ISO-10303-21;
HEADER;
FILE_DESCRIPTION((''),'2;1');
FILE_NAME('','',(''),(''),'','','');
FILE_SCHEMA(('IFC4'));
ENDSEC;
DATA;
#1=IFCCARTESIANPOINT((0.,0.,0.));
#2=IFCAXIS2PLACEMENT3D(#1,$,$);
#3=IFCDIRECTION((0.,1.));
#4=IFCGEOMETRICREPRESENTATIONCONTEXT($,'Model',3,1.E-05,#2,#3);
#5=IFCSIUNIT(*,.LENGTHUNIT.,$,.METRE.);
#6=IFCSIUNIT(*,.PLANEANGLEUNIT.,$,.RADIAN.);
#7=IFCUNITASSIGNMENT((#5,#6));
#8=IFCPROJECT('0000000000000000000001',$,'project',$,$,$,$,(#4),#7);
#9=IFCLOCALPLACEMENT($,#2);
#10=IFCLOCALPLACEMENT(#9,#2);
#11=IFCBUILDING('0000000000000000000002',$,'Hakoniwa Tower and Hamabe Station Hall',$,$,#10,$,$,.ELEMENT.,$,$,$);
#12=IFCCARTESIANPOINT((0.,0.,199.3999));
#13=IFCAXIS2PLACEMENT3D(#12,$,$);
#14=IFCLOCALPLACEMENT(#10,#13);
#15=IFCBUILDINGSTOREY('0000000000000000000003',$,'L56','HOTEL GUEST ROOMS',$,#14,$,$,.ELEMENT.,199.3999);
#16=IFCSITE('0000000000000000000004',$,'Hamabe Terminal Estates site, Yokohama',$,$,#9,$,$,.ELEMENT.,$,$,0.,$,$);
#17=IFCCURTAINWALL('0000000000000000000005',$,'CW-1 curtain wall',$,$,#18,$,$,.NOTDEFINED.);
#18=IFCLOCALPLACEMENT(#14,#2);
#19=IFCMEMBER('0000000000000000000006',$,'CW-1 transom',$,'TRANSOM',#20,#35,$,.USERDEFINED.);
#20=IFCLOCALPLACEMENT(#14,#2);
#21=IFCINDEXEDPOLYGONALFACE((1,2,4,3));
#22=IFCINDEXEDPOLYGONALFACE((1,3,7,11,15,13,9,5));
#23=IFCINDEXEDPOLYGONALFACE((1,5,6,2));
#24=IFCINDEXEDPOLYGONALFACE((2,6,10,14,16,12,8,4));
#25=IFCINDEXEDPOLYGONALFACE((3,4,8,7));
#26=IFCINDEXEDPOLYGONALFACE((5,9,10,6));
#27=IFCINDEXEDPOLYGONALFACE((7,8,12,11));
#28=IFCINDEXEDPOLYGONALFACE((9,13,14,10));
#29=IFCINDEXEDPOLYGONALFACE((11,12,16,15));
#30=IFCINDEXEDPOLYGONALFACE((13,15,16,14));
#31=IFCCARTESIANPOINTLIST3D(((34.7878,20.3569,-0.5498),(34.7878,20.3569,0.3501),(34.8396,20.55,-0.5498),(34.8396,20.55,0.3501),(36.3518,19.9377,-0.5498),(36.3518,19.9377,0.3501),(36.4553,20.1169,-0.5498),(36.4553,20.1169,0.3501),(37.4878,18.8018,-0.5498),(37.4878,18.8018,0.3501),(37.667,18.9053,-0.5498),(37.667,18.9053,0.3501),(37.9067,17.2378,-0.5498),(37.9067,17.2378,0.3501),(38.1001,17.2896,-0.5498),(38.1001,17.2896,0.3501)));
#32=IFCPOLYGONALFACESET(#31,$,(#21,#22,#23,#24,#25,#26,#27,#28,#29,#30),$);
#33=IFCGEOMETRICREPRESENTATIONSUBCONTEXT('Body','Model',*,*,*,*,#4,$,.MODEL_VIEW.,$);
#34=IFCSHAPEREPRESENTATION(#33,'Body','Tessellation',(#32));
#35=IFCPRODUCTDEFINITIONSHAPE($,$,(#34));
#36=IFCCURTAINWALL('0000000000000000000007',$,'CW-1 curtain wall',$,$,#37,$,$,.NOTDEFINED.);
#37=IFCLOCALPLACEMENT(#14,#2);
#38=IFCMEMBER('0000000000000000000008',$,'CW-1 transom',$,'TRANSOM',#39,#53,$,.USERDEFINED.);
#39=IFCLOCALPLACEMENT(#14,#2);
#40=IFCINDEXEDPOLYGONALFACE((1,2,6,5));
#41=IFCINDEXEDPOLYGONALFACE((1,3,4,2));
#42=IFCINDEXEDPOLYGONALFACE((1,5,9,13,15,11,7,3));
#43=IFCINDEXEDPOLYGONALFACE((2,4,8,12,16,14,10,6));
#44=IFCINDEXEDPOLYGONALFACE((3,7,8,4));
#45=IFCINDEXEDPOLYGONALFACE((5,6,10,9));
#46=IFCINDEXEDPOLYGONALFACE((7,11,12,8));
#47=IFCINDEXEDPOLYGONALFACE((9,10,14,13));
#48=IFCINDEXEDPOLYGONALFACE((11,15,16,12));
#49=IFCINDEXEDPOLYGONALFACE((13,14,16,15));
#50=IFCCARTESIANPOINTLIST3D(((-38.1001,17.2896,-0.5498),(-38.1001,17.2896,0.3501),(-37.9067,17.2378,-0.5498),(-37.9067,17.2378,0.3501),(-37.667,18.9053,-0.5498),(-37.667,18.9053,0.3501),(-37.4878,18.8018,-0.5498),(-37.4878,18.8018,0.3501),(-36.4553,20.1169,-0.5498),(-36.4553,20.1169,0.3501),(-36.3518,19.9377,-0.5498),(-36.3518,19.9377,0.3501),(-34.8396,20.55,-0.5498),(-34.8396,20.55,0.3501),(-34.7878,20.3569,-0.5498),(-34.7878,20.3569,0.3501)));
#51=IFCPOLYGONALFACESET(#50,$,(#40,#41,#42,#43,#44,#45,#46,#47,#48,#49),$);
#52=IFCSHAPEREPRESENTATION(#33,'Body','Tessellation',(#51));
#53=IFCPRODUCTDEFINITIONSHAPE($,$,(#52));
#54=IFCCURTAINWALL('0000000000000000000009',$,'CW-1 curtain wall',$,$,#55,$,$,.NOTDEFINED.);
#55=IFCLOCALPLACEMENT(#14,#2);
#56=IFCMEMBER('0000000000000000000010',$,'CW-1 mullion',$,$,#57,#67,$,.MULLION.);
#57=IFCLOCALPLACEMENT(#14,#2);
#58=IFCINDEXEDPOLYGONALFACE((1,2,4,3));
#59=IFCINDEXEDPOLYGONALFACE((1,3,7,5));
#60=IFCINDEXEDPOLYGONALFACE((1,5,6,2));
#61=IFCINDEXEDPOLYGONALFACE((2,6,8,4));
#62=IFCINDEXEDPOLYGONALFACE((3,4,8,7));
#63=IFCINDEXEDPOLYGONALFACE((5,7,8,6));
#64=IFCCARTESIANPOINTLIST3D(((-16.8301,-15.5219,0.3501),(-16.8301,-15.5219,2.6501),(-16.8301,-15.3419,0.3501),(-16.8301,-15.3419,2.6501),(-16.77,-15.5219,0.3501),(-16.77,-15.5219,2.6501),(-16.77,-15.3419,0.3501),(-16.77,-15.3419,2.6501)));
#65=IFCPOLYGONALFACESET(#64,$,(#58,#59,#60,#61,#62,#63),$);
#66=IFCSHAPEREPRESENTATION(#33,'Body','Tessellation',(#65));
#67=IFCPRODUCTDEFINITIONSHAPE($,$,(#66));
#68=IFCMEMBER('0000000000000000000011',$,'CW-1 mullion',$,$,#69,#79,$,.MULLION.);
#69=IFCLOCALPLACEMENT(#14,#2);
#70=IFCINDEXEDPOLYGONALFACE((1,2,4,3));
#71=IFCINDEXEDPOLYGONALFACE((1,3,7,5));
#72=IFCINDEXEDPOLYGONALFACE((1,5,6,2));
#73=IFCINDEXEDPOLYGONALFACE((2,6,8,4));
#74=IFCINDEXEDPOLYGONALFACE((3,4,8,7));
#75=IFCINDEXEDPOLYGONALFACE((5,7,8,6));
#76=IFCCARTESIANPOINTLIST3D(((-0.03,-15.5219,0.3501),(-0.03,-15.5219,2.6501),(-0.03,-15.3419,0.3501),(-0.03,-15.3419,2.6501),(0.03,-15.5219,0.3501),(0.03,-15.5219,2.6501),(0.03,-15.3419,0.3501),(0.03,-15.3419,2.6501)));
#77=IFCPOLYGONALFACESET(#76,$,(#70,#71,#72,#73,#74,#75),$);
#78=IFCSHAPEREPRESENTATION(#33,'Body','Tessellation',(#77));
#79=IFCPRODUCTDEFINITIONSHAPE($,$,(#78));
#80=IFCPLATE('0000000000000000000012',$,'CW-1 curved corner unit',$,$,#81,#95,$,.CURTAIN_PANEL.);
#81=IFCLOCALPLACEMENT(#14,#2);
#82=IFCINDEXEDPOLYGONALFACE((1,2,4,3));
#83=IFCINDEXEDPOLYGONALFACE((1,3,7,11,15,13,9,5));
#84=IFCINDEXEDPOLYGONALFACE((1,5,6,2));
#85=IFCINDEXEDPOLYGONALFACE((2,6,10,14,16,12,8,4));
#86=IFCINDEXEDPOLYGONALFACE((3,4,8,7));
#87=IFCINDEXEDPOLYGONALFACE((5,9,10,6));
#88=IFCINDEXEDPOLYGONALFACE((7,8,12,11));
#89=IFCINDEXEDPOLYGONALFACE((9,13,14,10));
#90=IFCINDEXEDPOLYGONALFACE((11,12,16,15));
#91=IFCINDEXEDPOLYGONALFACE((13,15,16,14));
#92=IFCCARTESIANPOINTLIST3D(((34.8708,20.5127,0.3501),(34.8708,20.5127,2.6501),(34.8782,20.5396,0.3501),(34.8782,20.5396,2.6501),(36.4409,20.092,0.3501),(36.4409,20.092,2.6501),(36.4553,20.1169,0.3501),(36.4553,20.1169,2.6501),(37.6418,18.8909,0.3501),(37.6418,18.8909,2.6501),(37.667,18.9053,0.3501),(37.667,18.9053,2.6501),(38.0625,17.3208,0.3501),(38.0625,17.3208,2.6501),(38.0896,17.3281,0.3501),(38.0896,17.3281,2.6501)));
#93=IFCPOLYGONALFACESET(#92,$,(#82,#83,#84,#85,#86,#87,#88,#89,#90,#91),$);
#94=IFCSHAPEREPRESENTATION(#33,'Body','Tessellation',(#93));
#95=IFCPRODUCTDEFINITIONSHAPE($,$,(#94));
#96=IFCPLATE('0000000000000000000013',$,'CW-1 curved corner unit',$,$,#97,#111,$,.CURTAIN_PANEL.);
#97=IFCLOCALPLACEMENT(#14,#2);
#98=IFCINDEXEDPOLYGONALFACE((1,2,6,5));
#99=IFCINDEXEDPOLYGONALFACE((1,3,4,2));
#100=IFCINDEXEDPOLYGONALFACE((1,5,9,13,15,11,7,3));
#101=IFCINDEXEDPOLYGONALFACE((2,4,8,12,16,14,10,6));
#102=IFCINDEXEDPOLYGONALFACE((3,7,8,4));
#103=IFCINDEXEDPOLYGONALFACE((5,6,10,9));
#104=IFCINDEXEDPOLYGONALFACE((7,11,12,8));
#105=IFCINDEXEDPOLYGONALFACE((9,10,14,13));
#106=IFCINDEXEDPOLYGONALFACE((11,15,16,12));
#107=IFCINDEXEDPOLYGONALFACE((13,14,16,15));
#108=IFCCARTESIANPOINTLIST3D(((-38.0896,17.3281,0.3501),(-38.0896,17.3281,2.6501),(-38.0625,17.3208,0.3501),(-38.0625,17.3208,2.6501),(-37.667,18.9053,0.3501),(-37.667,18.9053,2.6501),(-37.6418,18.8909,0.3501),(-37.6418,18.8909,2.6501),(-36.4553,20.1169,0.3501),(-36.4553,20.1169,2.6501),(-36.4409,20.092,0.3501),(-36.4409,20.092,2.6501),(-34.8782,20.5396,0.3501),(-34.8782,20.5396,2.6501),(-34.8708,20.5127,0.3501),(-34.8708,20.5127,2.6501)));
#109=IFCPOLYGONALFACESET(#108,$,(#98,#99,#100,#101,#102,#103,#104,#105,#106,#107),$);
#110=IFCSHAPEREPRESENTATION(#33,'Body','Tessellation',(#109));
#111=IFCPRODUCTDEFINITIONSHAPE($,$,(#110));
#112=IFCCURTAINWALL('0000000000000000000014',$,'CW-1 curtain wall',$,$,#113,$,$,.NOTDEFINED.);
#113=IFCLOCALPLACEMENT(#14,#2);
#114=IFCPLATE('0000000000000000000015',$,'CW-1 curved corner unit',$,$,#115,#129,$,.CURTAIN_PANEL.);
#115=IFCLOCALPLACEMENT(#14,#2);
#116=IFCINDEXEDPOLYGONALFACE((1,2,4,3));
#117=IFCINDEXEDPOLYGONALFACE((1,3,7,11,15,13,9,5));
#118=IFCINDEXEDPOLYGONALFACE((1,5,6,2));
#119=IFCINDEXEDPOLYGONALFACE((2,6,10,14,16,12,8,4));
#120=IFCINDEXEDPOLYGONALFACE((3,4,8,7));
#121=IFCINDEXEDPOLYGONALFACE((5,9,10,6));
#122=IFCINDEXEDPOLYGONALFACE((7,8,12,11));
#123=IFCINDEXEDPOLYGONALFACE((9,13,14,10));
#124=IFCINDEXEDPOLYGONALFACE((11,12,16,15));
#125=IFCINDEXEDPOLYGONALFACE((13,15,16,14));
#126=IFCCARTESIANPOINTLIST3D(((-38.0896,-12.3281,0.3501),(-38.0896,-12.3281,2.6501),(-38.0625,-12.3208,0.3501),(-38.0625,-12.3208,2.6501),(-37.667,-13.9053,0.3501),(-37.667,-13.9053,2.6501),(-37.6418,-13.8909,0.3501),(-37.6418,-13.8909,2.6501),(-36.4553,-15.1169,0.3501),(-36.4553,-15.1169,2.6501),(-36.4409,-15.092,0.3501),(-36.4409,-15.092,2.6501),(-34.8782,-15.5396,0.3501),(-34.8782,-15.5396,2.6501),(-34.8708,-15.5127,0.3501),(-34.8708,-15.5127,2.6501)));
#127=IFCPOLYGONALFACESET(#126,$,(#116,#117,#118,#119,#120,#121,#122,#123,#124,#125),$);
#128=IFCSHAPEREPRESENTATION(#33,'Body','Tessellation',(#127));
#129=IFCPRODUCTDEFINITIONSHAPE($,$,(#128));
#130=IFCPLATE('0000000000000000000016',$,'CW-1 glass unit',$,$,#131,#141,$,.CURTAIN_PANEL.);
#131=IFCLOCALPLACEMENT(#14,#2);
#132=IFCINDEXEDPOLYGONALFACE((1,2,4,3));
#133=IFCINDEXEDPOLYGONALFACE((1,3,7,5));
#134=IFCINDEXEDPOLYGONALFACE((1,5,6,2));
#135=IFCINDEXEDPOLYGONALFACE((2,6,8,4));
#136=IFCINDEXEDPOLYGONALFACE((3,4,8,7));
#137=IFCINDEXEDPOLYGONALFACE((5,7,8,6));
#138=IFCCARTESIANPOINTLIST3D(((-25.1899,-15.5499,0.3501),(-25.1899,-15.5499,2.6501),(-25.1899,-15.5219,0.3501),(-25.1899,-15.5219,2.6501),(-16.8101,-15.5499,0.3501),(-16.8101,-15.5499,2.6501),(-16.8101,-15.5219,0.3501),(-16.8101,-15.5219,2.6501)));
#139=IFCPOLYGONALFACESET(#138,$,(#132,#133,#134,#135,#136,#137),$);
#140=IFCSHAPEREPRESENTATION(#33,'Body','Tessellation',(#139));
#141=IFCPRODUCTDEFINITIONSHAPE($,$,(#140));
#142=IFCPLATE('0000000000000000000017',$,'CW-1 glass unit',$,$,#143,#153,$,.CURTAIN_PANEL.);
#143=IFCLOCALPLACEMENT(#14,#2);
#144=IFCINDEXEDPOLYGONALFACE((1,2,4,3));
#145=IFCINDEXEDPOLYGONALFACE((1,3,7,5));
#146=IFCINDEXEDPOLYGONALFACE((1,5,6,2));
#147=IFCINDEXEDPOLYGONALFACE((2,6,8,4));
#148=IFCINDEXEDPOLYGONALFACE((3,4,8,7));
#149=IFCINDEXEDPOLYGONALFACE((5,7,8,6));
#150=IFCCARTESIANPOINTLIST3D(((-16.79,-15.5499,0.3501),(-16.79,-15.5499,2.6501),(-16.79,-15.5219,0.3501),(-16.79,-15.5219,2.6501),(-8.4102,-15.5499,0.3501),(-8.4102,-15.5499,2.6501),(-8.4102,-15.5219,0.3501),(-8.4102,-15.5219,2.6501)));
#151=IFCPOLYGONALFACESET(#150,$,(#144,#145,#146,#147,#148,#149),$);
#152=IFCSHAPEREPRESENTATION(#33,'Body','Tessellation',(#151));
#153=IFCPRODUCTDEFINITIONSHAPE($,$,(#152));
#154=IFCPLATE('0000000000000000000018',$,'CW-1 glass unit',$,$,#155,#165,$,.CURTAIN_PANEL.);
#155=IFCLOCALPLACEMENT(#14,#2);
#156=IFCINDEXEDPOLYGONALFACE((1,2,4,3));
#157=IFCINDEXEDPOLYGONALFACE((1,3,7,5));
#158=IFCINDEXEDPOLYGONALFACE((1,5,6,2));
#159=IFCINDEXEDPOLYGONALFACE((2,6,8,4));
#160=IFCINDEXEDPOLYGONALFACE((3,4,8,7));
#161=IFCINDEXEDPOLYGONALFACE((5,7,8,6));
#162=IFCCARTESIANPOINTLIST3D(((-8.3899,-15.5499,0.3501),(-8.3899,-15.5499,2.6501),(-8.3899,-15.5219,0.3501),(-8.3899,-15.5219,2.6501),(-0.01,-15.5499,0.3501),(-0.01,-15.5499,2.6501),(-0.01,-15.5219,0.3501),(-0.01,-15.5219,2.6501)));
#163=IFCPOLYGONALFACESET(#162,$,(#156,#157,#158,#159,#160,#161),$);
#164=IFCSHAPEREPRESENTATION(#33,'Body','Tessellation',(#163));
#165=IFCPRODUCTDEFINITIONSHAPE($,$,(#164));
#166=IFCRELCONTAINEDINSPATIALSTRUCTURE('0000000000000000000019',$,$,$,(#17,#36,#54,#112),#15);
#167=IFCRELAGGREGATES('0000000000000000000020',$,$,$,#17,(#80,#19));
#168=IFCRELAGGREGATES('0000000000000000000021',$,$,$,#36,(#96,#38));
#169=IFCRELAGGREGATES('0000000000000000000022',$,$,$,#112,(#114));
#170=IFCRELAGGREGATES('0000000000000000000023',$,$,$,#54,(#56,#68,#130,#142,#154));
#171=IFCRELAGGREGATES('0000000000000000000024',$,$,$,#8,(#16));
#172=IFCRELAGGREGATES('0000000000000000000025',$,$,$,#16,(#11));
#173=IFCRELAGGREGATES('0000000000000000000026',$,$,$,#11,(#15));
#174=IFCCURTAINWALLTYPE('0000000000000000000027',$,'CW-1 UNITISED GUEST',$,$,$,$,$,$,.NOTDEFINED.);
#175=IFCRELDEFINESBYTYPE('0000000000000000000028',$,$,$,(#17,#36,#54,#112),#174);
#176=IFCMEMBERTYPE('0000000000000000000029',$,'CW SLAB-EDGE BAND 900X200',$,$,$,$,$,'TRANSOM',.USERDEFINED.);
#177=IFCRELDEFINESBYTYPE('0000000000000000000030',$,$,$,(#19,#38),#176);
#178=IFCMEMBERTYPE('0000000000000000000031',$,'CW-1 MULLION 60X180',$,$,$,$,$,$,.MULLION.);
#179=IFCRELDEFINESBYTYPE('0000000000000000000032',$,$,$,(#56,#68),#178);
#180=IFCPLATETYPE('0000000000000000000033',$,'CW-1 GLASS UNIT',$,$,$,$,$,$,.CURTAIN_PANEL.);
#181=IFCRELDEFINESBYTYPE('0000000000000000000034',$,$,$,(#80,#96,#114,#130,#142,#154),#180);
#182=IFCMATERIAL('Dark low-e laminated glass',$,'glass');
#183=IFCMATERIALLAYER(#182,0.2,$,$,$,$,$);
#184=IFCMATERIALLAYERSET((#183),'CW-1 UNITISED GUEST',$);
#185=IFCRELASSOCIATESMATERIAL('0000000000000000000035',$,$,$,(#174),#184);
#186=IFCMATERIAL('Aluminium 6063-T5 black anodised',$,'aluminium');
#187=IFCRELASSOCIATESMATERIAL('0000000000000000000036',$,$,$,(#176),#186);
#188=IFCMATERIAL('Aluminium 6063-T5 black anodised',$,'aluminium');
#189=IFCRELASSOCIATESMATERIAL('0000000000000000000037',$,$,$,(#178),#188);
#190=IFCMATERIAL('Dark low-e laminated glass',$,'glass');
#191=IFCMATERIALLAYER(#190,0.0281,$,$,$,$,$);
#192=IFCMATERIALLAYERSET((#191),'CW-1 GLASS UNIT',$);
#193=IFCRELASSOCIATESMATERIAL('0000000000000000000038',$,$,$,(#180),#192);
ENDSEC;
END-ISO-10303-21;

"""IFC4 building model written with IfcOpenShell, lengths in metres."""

from ifc_helpers import new_model, si_unit, direction, frame, origin, origin_2d, place, context, subcontext, project, spatial, polyline, rectangle, outline, extrude, material, layer, layer_set, material_profile, profile_set, type_object, element, aggregate, save


model = new_model("IFC4")

# Units and contexts
model_context = context("Model", 3, precision=1e-05, world=origin(), true_north=direction((0.0, 1.0)))
body_context = subcontext(model_context, "Body", "Model", "MODEL_VIEW")
ifc_project = project(units=[si_unit("LENGTHUNIT", "METRE"), si_unit("PLANEANGLEUNIT", "RADIAN")], contexts=[model_context])

# Site, building, storey
site_placement = place(None, origin())
site = spatial("IfcSite", under=ifc_project, at=site_placement, Name="Hamabe Terminal Estates site, Yokohama", CompositionType="ELEMENT", RefElevation=0.0)
building_placement = place(site_placement, origin())
building = spatial("IfcBuilding", under=site, at=building_placement, Name="Hakoniwa Tower and Hamabe Station Hall", CompositionType="ELEMENT")
storey_placement = place(building_placement, frame((0.0, 0.0, 199.3999)))
storey = spatial("IfcBuildingStorey", under=building, at=storey_placement, Name="L56", Description="HOTEL GUEST ROOMS", CompositionType="ELEMENT", Elevation=199.3999)

# Curtain walls, members
ifc_material_1 = material(Name="Dark low-e laminated glass", Category="glass")
ifc_layer_1 = layer(ifc_material_1, 0.2)
ifc_layer_set_1 = layer_set([ifc_layer_1], Name="CW-1 UNITISED GUEST")
curtain_wall_type = type_object("IfcCurtainWallType", Name="CW-1 UNITISED GUEST", PredefinedType="NOTDEFINED", material=ifc_layer_set_1)
curtain_wall_1_placement = place(storey_placement, origin())
curtain_wall_1 = element("IfcCurtainWall", 1, at=curtain_wall_1_placement, inside=storey, type_object=curtain_wall_type, Name="CW-1 curtain wall", PredefinedType="NOTDEFINED")
ifc_material_2 = material(Name="Aluminium 6063-T5 black anodised", Category="aluminium")
ifc_material_profile_1 = material_profile(ifc_material_2, rectangle(XDim=0.2, YDim=0.8999, at=origin_2d()), Name="CW SLAB-EDGE BAND 900X200")
ifc_profile_set_1 = profile_set([ifc_material_profile_1], Name="Aluminium 6063-T5 black anodised")
member_type_1 = type_object("IfcMemberType", Name="CW SLAB-EDGE BAND 900X200", ElementType="TRANSOM", PredefinedType="USERDEFINED", material=ifc_profile_set_1)
member_1_placement = place(storey_placement, frame((0.0, 0.0, -0.5498)))
member_1 = element("IfcMember", 2, at=member_1_placement, type_object=member_type_1, Name="CW-1 transom", ObjectType="TRANSOM", PredefinedType="USERDEFINED", context=body_context, shape_type="SweptSolid", body=[
    extrude(outline(polyline([(38.1001, 17.2896), (37.667, 18.9053), (36.4553, 20.1169), (34.8396, 20.55), (34.7878, 20.3569), (36.3518, 19.9377), (37.4878, 18.8018), (37.9067, 17.2378), (38.1001, 17.2896)])), origin(), (0.0, 0.0, 1.0), 0.8999),
])
curtain_wall_2_placement = place(storey_placement, origin())
curtain_wall_2 = element("IfcCurtainWall", 3, at=curtain_wall_2_placement, inside=storey, type_object=curtain_wall_type, Name="CW-1 curtain wall", PredefinedType="NOTDEFINED")
member_2_placement = place(storey_placement, frame((0.0, 0.0, -0.5498)))
member_2 = element("IfcMember", 4, at=member_2_placement, type_object=member_type_1, Name="CW-1 transom", ObjectType="TRANSOM", PredefinedType="USERDEFINED", context=body_context, shape_type="SweptSolid", body=[
    extrude(outline(polyline([(-34.8396, 20.55), (-36.4553, 20.1169), (-37.667, 18.9053), (-38.1001, 17.2896), (-37.9067, 17.2378), (-37.4878, 18.8018), (-36.3518, 19.9377), (-34.7878, 20.3569), (-34.8396, 20.55)])), origin(), (0.0, 0.0, 1.0), 0.8999),
])

# Curtain wall, members
curtain_wall_3_placement = place(storey_placement, origin())
curtain_wall_3 = element("IfcCurtainWall", 5, at=curtain_wall_3_placement, inside=storey, type_object=curtain_wall_type, Name="CW-1 curtain wall", PredefinedType="NOTDEFINED")
ifc_material_3 = material(Name="Aluminium 6063-T5 black anodised", Category="aluminium")
ifc_material_profile_2 = material_profile(ifc_material_3, rectangle(XDim=0.0601, YDim=0.1799, at=origin_2d()), Name="CW-1 MULLION 60X180")
ifc_profile_set_2 = profile_set([ifc_material_profile_2], Name="Aluminium 6063-T5 black anodised")
member_type_2 = type_object("IfcMemberType", Name="CW-1 MULLION 60X180", PredefinedType="MULLION", material=ifc_profile_set_2)
member_3_placement = place(storey_placement, frame((-16.8, -15.4319, 0.3501), z_axis=(0.0, 0.0, 1.0), x_axis=(1.0, 0.0, 0.0)))
member_3 = element("IfcMember", 6, at=member_3_placement, type_object=member_type_2, Name="CW-1 mullion", PredefinedType="MULLION", context=body_context, shape_type="SweptSolid", body=[
    extrude(rectangle(XDim=0.0601, YDim=0.1799, at=origin_2d()), origin(), (0.0, 0.0, 1.0), 2.3),
])
member_4_placement = place(storey_placement, frame((0.0, -15.4319, 0.3501), z_axis=(0.0, 0.0, 1.0), x_axis=(1.0, 0.0, 0.0)))
member_4 = element("IfcMember", 7, at=member_4_placement, type_object=member_type_2, Name="CW-1 mullion", PredefinedType="MULLION", context=body_context, shape_type="SweptSolid", body=[
    extrude(rectangle(XDim=0.0601, YDim=0.1799, at=origin_2d()), origin(), (0.0, 0.0, 1.0), 2.3),
])

# Plates
ifc_material_4 = material(Name="Dark low-e laminated glass", Category="glass")
ifc_layer_2 = layer(ifc_material_4, 0.0281)
ifc_layer_set_2 = layer_set([ifc_layer_2], Name="CW-1 GLASS UNIT")
plate_type = type_object("IfcPlateType", Name="CW-1 GLASS UNIT", PredefinedType="CURTAIN_PANEL", material=ifc_layer_set_2)
plate_1_placement = place(storey_placement, frame((0.0, 0.0, 0.3501)))
plate_1 = element("IfcPlate", 8, at=plate_1_placement, type_object=plate_type, Name="CW-1 curved corner unit", PredefinedType="CURTAIN_PANEL", context=body_context, shape_type="SweptSolid", body=[
    extrude(outline(polyline([(38.0896, 17.3281), (37.667, 18.9053), (36.4553, 20.1169), (34.8782, 20.5396), (34.8708, 20.5127), (36.4409, 20.092), (37.6418, 18.8909), (38.0625, 17.3208), (38.0896, 17.3281)])), origin(), (0.0, 0.0, 1.0), 2.3),
])
aggregate(curtain_wall_1, [plate_1, member_1])
plate_2_placement = place(storey_placement, frame((0.0, 0.0, 0.3501)))
plate_2 = element("IfcPlate", 9, at=plate_2_placement, type_object=plate_type, Name="CW-1 curved corner unit", PredefinedType="CURTAIN_PANEL", context=body_context, shape_type="SweptSolid", body=[
    extrude(outline(polyline([(-34.8782, 20.5396), (-36.4553, 20.1169), (-37.667, 18.9053), (-38.0896, 17.3281), (-38.0625, 17.3208), (-37.6418, 18.8909), (-36.4409, 20.092), (-34.8708, 20.5127), (-34.8782, 20.5396)])), origin(), (0.0, 0.0, 1.0), 2.3),
])
aggregate(curtain_wall_2, [plate_2, member_2])

# Curtain wall, plate
curtain_wall_4_placement = place(storey_placement, origin())
curtain_wall_4 = element("IfcCurtainWall", 10, at=curtain_wall_4_placement, inside=storey, type_object=curtain_wall_type, Name="CW-1 curtain wall", PredefinedType="NOTDEFINED")
plate_3_placement = place(storey_placement, frame((0.0, 0.0, 0.3501)))
plate_3 = element("IfcPlate", 11, at=plate_3_placement, type_object=plate_type, Name="CW-1 curved corner unit", PredefinedType="CURTAIN_PANEL", context=body_context, shape_type="SweptSolid", body=[
    extrude(outline(polyline([(-38.0896, -12.3281), (-37.667, -13.9053), (-36.4553, -15.1169), (-34.8782, -15.5396), (-34.8708, -15.5127), (-36.4409, -15.092), (-37.6418, -13.8909), (-38.0625, -12.3208), (-38.0896, -12.3281)])), origin(), (0.0, 0.0, 1.0), 2.3),
])
aggregate(curtain_wall_4, [plate_3])

# Plates
plate_4_placement = place(storey_placement, frame((-21.0, -15.5359, 0.3501), z_axis=(0.0, 0.0, 1.0), x_axis=(1.0, 0.0, 0.0)))
plate_4 = element("IfcPlate", 12, at=plate_4_placement, type_object=plate_type, Name="CW-1 glass unit", PredefinedType="CURTAIN_PANEL", context=body_context, shape_type="SweptSolid", body=[
    extrude(rectangle(XDim=8.3799, YDim=0.0281, at=origin_2d()), origin(), (0.0, 0.0, 1.0), 2.3),
])
plate_5_placement = place(storey_placement, frame((-12.6001, -15.5359, 0.3501), z_axis=(0.0, 0.0, 1.0), x_axis=(1.0, 0.0, 0.0)))
plate_5 = element("IfcPlate", 13, at=plate_5_placement, type_object=plate_type, Name="CW-1 glass unit", PredefinedType="CURTAIN_PANEL", context=body_context, shape_type="SweptSolid", body=[
    extrude(rectangle(XDim=8.3799, YDim=0.0281, at=origin_2d()), origin(), (0.0, 0.0, 1.0), 2.3),
])
plate_6_placement = place(storey_placement, frame((-4.2, -15.5359, 0.3501), z_axis=(0.0, 0.0, 1.0), x_axis=(1.0, 0.0, 0.0)))
plate_6 = element("IfcPlate", 14, at=plate_6_placement, type_object=plate_type, Name="CW-1 glass unit", PredefinedType="CURTAIN_PANEL", context=body_context, shape_type="SweptSolid", body=[
    extrude(rectangle(XDim=8.3799, YDim=0.0281, at=origin_2d()), origin(), (0.0, 0.0, 1.0), 2.3),
])
aggregate(curtain_wall_3, [member_3, member_4, plate_4, plate_5, plate_6])

save(model, "model.ifc")
